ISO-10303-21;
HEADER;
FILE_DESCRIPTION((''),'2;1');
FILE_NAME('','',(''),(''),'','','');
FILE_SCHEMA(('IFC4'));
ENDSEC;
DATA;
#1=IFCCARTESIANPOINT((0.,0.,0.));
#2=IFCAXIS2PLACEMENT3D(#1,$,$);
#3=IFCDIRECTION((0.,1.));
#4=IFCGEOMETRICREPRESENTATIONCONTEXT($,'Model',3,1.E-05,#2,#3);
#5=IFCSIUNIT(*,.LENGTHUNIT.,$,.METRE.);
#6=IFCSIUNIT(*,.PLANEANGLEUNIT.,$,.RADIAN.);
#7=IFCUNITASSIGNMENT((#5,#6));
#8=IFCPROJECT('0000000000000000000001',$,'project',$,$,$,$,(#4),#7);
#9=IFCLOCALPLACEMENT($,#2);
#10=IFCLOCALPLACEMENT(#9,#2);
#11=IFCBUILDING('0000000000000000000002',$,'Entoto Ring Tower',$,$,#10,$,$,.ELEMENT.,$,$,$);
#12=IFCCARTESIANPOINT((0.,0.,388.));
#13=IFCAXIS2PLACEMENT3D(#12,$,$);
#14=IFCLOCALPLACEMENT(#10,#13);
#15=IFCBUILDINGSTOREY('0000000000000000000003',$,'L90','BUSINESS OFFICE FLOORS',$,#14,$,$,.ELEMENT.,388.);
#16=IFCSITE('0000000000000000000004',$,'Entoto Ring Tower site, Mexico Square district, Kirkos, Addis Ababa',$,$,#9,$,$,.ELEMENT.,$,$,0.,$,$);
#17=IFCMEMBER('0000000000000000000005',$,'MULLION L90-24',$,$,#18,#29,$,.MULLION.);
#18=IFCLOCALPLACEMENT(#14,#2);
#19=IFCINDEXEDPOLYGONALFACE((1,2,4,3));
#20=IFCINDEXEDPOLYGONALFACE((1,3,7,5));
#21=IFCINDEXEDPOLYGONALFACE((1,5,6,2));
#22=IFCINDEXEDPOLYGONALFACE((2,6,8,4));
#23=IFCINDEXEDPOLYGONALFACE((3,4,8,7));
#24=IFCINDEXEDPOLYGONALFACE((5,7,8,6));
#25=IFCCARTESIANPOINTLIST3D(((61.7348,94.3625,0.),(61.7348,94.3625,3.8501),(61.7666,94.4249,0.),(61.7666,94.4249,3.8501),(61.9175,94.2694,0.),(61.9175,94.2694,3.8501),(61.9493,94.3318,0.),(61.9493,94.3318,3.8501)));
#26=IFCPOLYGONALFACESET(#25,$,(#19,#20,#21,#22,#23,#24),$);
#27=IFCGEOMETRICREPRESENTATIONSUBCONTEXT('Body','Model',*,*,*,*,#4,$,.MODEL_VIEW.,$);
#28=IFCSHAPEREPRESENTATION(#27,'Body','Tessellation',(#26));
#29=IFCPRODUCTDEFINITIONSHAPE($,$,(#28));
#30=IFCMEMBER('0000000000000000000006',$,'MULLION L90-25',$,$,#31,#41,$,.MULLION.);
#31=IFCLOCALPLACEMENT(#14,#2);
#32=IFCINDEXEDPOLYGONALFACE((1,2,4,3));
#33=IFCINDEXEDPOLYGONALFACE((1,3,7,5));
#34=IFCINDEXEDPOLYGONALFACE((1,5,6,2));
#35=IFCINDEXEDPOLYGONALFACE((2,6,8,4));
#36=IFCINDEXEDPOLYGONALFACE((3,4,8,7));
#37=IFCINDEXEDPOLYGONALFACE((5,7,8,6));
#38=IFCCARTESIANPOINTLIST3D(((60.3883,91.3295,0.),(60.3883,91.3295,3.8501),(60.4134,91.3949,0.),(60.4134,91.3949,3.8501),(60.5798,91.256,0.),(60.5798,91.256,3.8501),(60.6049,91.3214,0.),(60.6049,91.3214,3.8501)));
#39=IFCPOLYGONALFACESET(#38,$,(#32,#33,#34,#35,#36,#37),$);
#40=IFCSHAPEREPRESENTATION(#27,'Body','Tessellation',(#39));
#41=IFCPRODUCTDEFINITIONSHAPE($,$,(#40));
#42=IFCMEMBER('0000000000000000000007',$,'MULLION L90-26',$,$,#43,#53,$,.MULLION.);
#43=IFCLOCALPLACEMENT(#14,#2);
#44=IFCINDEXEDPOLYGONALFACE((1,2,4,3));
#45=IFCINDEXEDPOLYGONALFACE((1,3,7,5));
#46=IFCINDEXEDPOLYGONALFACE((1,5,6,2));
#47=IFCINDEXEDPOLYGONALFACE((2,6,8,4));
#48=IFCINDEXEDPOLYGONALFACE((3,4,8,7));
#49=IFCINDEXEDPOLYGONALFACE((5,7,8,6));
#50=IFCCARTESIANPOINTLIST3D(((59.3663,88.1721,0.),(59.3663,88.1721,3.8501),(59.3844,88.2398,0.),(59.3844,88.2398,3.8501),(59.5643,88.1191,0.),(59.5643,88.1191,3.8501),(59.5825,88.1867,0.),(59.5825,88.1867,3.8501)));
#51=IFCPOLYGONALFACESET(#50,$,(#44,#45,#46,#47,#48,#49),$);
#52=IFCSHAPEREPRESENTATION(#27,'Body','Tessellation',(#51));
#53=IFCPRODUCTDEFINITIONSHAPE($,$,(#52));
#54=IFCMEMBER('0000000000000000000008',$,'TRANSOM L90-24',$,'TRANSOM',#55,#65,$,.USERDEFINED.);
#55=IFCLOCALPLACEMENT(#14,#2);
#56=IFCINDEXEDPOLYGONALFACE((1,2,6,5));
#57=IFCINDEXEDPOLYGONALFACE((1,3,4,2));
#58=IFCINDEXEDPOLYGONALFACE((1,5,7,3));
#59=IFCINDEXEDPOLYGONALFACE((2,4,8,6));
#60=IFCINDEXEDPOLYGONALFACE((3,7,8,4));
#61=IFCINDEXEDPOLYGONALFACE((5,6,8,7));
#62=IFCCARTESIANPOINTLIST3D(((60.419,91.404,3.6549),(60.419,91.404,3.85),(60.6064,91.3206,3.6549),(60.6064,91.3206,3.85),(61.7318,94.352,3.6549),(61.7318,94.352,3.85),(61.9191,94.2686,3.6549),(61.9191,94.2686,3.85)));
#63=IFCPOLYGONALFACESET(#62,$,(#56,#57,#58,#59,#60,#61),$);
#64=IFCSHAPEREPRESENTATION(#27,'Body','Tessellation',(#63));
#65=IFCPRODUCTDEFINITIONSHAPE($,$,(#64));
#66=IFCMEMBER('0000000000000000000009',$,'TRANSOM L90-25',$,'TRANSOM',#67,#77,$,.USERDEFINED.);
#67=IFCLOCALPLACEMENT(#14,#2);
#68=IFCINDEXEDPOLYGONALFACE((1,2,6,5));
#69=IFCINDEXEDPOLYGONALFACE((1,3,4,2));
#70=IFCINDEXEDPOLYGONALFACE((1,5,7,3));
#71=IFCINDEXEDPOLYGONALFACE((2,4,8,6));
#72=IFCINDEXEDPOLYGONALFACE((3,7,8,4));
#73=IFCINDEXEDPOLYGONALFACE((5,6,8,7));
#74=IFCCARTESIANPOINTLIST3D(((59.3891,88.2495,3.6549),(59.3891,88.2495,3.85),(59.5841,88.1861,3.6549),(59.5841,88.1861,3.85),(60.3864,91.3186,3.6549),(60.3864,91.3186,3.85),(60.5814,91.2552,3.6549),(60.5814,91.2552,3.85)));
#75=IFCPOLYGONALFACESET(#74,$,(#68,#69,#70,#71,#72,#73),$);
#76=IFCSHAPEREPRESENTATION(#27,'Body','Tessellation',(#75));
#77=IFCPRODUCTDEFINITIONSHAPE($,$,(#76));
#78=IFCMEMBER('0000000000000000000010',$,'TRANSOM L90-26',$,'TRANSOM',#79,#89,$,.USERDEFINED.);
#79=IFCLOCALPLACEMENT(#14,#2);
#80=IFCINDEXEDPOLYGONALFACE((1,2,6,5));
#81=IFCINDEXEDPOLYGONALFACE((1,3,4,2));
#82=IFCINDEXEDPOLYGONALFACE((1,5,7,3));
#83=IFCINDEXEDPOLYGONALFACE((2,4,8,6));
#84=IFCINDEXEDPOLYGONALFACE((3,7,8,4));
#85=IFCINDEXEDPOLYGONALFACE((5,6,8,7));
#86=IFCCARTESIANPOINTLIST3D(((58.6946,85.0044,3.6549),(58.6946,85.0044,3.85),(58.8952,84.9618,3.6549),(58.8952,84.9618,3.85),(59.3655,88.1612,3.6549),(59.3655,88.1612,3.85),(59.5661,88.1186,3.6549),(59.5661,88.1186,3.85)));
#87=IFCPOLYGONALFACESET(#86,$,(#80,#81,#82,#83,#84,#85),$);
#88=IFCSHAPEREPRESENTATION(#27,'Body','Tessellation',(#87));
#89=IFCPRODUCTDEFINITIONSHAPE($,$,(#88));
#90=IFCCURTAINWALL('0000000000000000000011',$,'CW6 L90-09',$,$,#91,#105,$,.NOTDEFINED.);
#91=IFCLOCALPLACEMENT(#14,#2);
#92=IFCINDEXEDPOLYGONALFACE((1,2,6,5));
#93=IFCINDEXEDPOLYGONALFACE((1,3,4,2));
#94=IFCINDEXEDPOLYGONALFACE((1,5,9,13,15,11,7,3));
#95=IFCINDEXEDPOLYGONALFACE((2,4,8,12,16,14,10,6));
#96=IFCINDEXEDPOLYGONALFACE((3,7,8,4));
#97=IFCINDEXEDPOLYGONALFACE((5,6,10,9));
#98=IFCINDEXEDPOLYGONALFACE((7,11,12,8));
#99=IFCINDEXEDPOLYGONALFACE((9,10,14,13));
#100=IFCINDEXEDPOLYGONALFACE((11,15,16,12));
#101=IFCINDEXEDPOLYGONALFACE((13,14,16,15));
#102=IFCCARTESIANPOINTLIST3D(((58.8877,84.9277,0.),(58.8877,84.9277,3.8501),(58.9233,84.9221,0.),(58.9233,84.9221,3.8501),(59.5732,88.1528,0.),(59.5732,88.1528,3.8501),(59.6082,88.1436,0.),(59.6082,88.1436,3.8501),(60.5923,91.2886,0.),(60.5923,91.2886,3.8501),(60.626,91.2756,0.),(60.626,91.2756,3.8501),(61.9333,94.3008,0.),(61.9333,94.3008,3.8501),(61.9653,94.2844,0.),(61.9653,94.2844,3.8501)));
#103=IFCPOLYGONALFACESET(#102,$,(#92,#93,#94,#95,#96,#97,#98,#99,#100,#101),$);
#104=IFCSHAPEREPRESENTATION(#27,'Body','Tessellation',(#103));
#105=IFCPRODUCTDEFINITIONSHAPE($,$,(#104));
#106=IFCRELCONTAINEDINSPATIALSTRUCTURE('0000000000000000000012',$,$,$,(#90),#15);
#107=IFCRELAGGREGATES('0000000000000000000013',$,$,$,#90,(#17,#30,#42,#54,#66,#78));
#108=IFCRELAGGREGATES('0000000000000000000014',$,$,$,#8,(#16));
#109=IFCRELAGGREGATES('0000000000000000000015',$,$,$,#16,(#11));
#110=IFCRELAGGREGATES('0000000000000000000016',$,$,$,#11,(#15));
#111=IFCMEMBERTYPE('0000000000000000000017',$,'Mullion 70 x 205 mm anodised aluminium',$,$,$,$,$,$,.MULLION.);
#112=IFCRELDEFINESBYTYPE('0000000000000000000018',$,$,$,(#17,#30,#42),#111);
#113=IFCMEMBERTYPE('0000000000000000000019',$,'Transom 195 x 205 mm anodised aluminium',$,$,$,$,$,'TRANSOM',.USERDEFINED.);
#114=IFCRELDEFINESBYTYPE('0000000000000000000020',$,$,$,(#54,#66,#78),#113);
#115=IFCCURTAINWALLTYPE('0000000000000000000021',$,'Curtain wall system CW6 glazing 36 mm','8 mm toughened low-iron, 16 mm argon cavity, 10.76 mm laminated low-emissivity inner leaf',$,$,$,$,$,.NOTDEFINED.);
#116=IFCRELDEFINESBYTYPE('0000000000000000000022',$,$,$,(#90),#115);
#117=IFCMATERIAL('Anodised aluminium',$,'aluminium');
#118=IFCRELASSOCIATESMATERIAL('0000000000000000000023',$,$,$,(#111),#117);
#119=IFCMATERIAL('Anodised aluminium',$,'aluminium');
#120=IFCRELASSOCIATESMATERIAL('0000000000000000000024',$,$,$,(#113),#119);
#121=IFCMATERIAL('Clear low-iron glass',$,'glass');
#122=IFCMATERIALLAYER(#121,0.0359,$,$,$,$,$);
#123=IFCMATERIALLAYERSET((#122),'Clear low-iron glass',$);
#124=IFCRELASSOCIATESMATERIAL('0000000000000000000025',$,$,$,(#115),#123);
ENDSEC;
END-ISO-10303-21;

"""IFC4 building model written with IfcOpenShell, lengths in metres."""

from ifc_helpers import new_model, si_unit, direction, frame, origin, origin_2d, place, context, subcontext, project, spatial, polyline, rectangle, outline, extrude, material, layer, layer_set, material_profile, profile_set, type_object, element, aggregate, save


model = new_model("IFC4")

# Units and contexts
model_context = context("Model", 3, precision=1e-05, world=origin(), true_north=direction((0.0, 1.0)))
body_context = subcontext(model_context, "Body", "Model", "MODEL_VIEW")
ifc_project = project(units=[si_unit("LENGTHUNIT", "METRE"), si_unit("PLANEANGLEUNIT", "RADIAN")], contexts=[model_context])

# Members
ifc_material_1 = material(Name="Anodised aluminium", Category="aluminium")
ifc_material_profile_1 = material_profile(ifc_material_1, rectangle(XDim=0.0701, YDim=0.2051, at=origin_2d()), Name="Mullion 70 x 205 mm anodised aluminium")
ifc_profile_set_1 = profile_set([ifc_material_profile_1], Name="Anodised aluminium")
member_type_1 = type_object("IfcMemberType", Name="Mullion 70 x 205 mm anodised aluminium", PredefinedType="MULLION", material=ifc_profile_set_1)
site_placement = place(None, origin())
building_placement = place(site_placement, origin())
storey_placement = place(building_placement, frame((0.0, 0.0, 388.0)))
member_1_placement = place(storey_placement, frame((61.842, 94.3472, 0.0), z_axis=(0.0, 0.0, 1.0), x_axis=(-0.45399, -0.891007, 0.0)))
member_1 = element("IfcMember", 1, at=member_1_placement, type_object=member_type_1, Name="MULLION L90-24", PredefinedType="MULLION", context=body_context, shape_type="SweptSolid", body=[
    extrude(rectangle(XDim=0.0701, YDim=0.2051, at=origin_2d()), origin(), (0.0, 0.0, 1.0), 3.8501),
])
member_2_placement = place(storey_placement, frame((60.4966, 91.3254, 0.0), z_axis=(0.0, 0.0, 1.0), x_axis=(-0.358368, -0.93358, 0.0)))
member_2 = element("IfcMember", 2, at=member_2_placement, type_object=member_type_1, Name="MULLION L90-25", PredefinedType="MULLION", context=body_context, shape_type="SweptSolid", body=[
    extrude(rectangle(XDim=0.0701, YDim=0.2051, at=origin_2d()), origin(), (0.0, 0.0, 1.0), 3.8501),
])
member_3_placement = place(storey_placement, frame((59.4744, 88.1794, 0.0), z_axis=(0.0, 0.0, 1.0), x_axis=(-0.258819, -0.965926, 0.0)))
member_3 = element("IfcMember", 3, at=member_3_placement, type_object=member_type_1, Name="MULLION L90-26", PredefinedType="MULLION", context=body_context, shape_type="SweptSolid", body=[
    extrude(rectangle(XDim=0.0701, YDim=0.2051, at=origin_2d()), origin(), (0.0, 0.0, 1.0), 3.8501),
])
ifc_material_2 = material(Name="Anodised aluminium", Category="aluminium")
ifc_material_profile_2 = material_profile(ifc_material_2, rectangle(XDim=0.2051, YDim=0.1951, at=origin_2d()), Name="Transom 195 x 205 mm anodised aluminium")
ifc_profile_set_2 = profile_set([ifc_material_profile_2], Name="Anodised aluminium")
member_type_2 = type_object("IfcMemberType", Name="Transom 195 x 205 mm anodised aluminium", ElementType="TRANSOM", PredefinedType="USERDEFINED", material=ifc_profile_set_2)
member_4_placement = place(storey_placement, frame((61.8254, 94.3103, 3.7524), z_axis=(-0.406791, -0.913521, 0.0), x_axis=(0.913521, -0.406791, 0.0)))
member_4 = element("IfcMember", 4, at=member_4_placement, type_object=member_type_2, Name="TRANSOM L90-24", ObjectType="TRANSOM", PredefinedType="USERDEFINED", context=body_context, shape_type="SweptSolid", body=[
    extrude(rectangle(XDim=0.2051, YDim=0.1951, at=origin_2d()), origin(), (0.0, 0.0, 1.0), 3.2271),
])
member_5_placement = place(storey_placement, frame((60.4839, 91.2869, 3.7524), z_axis=(-0.309047, -0.951047, 0.0), x_axis=(0.951047, -0.309047, 0.0)))
member_5 = element("IfcMember", 5, at=member_5_placement, type_object=member_type_2, Name="TRANSOM L90-25", ObjectType="TRANSOM", PredefinedType="USERDEFINED", context=body_context, shape_type="SweptSolid", body=[
    extrude(rectangle(XDim=0.2051, YDim=0.1951, at=origin_2d()), origin(), (0.0, 0.0, 1.0), 3.2271),
])
member_6_placement = place(storey_placement, frame((59.4658, 88.1399, 3.7524), z_axis=(-0.207886, -0.978153, 0.0), x_axis=(0.978153, -0.207886, 0.0)))
member_6 = element("IfcMember", 6, at=member_6_placement, type_object=member_type_2, Name="TRANSOM L90-26", ObjectType="TRANSOM", PredefinedType="USERDEFINED", context=body_context, shape_type="SweptSolid", body=[
    extrude(rectangle(XDim=0.2051, YDim=0.1951, at=origin_2d()), origin(), (0.0, 0.0, 1.0), 3.2273),
])

# Site, building, storey
site = spatial("IfcSite", under=ifc_project, at=site_placement, Name="Entoto Ring Tower site, Mexico Square district, Kirkos, Addis Ababa", CompositionType="ELEMENT", RefElevation=0.0)
building = spatial("IfcBuilding", under=site, at=building_placement, Name="Entoto Ring Tower", CompositionType="ELEMENT")
storey = spatial("IfcBuildingStorey", under=building, at=storey_placement, Name="L90", Description="BUSINESS OFFICE FLOORS", CompositionType="ELEMENT", Elevation=388.0)

# Curtain wall
ifc_material_3 = material(Name="Clear low-iron glass", Category="glass")
ifc_layer = layer(ifc_material_3, 0.0359)
ifc_layer_set = layer_set([ifc_layer], Name="Clear low-iron glass")
curtain_wall_type = type_object("IfcCurtainWallType", Name="Curtain wall system CW6 glazing 36 mm", Description="8 mm toughened low-iron, 16 mm argon cavity, 10.76 mm laminated low-emissivity inner leaf", PredefinedType="NOTDEFINED", material=ifc_layer_set)
curtain_wall_1_placement = place(storey_placement, origin())
curtain_wall_1 = element("IfcCurtainWall", 7, at=curtain_wall_1_placement, inside=storey, type_object=curtain_wall_type, Name="CW6 L90-09", PredefinedType="NOTDEFINED", context=body_context, shape_type="SweptSolid", body=[
    extrude(outline(polyline([(61.9333, 94.3008), (60.5923, 91.2886), (59.5732, 88.1528), (58.8877, 84.9277), (58.9233, 84.9221), (59.6082, 88.1436), (60.626, 91.2756), (61.9653, 94.2844), (61.9333, 94.3008)])), origin(), (0.0, 0.0, 1.0), 3.8501),
])
aggregate(curtain_wall_1, [member_1, member_2, member_3, member_4, member_5, member_6])

save(model, "model.ifc")
